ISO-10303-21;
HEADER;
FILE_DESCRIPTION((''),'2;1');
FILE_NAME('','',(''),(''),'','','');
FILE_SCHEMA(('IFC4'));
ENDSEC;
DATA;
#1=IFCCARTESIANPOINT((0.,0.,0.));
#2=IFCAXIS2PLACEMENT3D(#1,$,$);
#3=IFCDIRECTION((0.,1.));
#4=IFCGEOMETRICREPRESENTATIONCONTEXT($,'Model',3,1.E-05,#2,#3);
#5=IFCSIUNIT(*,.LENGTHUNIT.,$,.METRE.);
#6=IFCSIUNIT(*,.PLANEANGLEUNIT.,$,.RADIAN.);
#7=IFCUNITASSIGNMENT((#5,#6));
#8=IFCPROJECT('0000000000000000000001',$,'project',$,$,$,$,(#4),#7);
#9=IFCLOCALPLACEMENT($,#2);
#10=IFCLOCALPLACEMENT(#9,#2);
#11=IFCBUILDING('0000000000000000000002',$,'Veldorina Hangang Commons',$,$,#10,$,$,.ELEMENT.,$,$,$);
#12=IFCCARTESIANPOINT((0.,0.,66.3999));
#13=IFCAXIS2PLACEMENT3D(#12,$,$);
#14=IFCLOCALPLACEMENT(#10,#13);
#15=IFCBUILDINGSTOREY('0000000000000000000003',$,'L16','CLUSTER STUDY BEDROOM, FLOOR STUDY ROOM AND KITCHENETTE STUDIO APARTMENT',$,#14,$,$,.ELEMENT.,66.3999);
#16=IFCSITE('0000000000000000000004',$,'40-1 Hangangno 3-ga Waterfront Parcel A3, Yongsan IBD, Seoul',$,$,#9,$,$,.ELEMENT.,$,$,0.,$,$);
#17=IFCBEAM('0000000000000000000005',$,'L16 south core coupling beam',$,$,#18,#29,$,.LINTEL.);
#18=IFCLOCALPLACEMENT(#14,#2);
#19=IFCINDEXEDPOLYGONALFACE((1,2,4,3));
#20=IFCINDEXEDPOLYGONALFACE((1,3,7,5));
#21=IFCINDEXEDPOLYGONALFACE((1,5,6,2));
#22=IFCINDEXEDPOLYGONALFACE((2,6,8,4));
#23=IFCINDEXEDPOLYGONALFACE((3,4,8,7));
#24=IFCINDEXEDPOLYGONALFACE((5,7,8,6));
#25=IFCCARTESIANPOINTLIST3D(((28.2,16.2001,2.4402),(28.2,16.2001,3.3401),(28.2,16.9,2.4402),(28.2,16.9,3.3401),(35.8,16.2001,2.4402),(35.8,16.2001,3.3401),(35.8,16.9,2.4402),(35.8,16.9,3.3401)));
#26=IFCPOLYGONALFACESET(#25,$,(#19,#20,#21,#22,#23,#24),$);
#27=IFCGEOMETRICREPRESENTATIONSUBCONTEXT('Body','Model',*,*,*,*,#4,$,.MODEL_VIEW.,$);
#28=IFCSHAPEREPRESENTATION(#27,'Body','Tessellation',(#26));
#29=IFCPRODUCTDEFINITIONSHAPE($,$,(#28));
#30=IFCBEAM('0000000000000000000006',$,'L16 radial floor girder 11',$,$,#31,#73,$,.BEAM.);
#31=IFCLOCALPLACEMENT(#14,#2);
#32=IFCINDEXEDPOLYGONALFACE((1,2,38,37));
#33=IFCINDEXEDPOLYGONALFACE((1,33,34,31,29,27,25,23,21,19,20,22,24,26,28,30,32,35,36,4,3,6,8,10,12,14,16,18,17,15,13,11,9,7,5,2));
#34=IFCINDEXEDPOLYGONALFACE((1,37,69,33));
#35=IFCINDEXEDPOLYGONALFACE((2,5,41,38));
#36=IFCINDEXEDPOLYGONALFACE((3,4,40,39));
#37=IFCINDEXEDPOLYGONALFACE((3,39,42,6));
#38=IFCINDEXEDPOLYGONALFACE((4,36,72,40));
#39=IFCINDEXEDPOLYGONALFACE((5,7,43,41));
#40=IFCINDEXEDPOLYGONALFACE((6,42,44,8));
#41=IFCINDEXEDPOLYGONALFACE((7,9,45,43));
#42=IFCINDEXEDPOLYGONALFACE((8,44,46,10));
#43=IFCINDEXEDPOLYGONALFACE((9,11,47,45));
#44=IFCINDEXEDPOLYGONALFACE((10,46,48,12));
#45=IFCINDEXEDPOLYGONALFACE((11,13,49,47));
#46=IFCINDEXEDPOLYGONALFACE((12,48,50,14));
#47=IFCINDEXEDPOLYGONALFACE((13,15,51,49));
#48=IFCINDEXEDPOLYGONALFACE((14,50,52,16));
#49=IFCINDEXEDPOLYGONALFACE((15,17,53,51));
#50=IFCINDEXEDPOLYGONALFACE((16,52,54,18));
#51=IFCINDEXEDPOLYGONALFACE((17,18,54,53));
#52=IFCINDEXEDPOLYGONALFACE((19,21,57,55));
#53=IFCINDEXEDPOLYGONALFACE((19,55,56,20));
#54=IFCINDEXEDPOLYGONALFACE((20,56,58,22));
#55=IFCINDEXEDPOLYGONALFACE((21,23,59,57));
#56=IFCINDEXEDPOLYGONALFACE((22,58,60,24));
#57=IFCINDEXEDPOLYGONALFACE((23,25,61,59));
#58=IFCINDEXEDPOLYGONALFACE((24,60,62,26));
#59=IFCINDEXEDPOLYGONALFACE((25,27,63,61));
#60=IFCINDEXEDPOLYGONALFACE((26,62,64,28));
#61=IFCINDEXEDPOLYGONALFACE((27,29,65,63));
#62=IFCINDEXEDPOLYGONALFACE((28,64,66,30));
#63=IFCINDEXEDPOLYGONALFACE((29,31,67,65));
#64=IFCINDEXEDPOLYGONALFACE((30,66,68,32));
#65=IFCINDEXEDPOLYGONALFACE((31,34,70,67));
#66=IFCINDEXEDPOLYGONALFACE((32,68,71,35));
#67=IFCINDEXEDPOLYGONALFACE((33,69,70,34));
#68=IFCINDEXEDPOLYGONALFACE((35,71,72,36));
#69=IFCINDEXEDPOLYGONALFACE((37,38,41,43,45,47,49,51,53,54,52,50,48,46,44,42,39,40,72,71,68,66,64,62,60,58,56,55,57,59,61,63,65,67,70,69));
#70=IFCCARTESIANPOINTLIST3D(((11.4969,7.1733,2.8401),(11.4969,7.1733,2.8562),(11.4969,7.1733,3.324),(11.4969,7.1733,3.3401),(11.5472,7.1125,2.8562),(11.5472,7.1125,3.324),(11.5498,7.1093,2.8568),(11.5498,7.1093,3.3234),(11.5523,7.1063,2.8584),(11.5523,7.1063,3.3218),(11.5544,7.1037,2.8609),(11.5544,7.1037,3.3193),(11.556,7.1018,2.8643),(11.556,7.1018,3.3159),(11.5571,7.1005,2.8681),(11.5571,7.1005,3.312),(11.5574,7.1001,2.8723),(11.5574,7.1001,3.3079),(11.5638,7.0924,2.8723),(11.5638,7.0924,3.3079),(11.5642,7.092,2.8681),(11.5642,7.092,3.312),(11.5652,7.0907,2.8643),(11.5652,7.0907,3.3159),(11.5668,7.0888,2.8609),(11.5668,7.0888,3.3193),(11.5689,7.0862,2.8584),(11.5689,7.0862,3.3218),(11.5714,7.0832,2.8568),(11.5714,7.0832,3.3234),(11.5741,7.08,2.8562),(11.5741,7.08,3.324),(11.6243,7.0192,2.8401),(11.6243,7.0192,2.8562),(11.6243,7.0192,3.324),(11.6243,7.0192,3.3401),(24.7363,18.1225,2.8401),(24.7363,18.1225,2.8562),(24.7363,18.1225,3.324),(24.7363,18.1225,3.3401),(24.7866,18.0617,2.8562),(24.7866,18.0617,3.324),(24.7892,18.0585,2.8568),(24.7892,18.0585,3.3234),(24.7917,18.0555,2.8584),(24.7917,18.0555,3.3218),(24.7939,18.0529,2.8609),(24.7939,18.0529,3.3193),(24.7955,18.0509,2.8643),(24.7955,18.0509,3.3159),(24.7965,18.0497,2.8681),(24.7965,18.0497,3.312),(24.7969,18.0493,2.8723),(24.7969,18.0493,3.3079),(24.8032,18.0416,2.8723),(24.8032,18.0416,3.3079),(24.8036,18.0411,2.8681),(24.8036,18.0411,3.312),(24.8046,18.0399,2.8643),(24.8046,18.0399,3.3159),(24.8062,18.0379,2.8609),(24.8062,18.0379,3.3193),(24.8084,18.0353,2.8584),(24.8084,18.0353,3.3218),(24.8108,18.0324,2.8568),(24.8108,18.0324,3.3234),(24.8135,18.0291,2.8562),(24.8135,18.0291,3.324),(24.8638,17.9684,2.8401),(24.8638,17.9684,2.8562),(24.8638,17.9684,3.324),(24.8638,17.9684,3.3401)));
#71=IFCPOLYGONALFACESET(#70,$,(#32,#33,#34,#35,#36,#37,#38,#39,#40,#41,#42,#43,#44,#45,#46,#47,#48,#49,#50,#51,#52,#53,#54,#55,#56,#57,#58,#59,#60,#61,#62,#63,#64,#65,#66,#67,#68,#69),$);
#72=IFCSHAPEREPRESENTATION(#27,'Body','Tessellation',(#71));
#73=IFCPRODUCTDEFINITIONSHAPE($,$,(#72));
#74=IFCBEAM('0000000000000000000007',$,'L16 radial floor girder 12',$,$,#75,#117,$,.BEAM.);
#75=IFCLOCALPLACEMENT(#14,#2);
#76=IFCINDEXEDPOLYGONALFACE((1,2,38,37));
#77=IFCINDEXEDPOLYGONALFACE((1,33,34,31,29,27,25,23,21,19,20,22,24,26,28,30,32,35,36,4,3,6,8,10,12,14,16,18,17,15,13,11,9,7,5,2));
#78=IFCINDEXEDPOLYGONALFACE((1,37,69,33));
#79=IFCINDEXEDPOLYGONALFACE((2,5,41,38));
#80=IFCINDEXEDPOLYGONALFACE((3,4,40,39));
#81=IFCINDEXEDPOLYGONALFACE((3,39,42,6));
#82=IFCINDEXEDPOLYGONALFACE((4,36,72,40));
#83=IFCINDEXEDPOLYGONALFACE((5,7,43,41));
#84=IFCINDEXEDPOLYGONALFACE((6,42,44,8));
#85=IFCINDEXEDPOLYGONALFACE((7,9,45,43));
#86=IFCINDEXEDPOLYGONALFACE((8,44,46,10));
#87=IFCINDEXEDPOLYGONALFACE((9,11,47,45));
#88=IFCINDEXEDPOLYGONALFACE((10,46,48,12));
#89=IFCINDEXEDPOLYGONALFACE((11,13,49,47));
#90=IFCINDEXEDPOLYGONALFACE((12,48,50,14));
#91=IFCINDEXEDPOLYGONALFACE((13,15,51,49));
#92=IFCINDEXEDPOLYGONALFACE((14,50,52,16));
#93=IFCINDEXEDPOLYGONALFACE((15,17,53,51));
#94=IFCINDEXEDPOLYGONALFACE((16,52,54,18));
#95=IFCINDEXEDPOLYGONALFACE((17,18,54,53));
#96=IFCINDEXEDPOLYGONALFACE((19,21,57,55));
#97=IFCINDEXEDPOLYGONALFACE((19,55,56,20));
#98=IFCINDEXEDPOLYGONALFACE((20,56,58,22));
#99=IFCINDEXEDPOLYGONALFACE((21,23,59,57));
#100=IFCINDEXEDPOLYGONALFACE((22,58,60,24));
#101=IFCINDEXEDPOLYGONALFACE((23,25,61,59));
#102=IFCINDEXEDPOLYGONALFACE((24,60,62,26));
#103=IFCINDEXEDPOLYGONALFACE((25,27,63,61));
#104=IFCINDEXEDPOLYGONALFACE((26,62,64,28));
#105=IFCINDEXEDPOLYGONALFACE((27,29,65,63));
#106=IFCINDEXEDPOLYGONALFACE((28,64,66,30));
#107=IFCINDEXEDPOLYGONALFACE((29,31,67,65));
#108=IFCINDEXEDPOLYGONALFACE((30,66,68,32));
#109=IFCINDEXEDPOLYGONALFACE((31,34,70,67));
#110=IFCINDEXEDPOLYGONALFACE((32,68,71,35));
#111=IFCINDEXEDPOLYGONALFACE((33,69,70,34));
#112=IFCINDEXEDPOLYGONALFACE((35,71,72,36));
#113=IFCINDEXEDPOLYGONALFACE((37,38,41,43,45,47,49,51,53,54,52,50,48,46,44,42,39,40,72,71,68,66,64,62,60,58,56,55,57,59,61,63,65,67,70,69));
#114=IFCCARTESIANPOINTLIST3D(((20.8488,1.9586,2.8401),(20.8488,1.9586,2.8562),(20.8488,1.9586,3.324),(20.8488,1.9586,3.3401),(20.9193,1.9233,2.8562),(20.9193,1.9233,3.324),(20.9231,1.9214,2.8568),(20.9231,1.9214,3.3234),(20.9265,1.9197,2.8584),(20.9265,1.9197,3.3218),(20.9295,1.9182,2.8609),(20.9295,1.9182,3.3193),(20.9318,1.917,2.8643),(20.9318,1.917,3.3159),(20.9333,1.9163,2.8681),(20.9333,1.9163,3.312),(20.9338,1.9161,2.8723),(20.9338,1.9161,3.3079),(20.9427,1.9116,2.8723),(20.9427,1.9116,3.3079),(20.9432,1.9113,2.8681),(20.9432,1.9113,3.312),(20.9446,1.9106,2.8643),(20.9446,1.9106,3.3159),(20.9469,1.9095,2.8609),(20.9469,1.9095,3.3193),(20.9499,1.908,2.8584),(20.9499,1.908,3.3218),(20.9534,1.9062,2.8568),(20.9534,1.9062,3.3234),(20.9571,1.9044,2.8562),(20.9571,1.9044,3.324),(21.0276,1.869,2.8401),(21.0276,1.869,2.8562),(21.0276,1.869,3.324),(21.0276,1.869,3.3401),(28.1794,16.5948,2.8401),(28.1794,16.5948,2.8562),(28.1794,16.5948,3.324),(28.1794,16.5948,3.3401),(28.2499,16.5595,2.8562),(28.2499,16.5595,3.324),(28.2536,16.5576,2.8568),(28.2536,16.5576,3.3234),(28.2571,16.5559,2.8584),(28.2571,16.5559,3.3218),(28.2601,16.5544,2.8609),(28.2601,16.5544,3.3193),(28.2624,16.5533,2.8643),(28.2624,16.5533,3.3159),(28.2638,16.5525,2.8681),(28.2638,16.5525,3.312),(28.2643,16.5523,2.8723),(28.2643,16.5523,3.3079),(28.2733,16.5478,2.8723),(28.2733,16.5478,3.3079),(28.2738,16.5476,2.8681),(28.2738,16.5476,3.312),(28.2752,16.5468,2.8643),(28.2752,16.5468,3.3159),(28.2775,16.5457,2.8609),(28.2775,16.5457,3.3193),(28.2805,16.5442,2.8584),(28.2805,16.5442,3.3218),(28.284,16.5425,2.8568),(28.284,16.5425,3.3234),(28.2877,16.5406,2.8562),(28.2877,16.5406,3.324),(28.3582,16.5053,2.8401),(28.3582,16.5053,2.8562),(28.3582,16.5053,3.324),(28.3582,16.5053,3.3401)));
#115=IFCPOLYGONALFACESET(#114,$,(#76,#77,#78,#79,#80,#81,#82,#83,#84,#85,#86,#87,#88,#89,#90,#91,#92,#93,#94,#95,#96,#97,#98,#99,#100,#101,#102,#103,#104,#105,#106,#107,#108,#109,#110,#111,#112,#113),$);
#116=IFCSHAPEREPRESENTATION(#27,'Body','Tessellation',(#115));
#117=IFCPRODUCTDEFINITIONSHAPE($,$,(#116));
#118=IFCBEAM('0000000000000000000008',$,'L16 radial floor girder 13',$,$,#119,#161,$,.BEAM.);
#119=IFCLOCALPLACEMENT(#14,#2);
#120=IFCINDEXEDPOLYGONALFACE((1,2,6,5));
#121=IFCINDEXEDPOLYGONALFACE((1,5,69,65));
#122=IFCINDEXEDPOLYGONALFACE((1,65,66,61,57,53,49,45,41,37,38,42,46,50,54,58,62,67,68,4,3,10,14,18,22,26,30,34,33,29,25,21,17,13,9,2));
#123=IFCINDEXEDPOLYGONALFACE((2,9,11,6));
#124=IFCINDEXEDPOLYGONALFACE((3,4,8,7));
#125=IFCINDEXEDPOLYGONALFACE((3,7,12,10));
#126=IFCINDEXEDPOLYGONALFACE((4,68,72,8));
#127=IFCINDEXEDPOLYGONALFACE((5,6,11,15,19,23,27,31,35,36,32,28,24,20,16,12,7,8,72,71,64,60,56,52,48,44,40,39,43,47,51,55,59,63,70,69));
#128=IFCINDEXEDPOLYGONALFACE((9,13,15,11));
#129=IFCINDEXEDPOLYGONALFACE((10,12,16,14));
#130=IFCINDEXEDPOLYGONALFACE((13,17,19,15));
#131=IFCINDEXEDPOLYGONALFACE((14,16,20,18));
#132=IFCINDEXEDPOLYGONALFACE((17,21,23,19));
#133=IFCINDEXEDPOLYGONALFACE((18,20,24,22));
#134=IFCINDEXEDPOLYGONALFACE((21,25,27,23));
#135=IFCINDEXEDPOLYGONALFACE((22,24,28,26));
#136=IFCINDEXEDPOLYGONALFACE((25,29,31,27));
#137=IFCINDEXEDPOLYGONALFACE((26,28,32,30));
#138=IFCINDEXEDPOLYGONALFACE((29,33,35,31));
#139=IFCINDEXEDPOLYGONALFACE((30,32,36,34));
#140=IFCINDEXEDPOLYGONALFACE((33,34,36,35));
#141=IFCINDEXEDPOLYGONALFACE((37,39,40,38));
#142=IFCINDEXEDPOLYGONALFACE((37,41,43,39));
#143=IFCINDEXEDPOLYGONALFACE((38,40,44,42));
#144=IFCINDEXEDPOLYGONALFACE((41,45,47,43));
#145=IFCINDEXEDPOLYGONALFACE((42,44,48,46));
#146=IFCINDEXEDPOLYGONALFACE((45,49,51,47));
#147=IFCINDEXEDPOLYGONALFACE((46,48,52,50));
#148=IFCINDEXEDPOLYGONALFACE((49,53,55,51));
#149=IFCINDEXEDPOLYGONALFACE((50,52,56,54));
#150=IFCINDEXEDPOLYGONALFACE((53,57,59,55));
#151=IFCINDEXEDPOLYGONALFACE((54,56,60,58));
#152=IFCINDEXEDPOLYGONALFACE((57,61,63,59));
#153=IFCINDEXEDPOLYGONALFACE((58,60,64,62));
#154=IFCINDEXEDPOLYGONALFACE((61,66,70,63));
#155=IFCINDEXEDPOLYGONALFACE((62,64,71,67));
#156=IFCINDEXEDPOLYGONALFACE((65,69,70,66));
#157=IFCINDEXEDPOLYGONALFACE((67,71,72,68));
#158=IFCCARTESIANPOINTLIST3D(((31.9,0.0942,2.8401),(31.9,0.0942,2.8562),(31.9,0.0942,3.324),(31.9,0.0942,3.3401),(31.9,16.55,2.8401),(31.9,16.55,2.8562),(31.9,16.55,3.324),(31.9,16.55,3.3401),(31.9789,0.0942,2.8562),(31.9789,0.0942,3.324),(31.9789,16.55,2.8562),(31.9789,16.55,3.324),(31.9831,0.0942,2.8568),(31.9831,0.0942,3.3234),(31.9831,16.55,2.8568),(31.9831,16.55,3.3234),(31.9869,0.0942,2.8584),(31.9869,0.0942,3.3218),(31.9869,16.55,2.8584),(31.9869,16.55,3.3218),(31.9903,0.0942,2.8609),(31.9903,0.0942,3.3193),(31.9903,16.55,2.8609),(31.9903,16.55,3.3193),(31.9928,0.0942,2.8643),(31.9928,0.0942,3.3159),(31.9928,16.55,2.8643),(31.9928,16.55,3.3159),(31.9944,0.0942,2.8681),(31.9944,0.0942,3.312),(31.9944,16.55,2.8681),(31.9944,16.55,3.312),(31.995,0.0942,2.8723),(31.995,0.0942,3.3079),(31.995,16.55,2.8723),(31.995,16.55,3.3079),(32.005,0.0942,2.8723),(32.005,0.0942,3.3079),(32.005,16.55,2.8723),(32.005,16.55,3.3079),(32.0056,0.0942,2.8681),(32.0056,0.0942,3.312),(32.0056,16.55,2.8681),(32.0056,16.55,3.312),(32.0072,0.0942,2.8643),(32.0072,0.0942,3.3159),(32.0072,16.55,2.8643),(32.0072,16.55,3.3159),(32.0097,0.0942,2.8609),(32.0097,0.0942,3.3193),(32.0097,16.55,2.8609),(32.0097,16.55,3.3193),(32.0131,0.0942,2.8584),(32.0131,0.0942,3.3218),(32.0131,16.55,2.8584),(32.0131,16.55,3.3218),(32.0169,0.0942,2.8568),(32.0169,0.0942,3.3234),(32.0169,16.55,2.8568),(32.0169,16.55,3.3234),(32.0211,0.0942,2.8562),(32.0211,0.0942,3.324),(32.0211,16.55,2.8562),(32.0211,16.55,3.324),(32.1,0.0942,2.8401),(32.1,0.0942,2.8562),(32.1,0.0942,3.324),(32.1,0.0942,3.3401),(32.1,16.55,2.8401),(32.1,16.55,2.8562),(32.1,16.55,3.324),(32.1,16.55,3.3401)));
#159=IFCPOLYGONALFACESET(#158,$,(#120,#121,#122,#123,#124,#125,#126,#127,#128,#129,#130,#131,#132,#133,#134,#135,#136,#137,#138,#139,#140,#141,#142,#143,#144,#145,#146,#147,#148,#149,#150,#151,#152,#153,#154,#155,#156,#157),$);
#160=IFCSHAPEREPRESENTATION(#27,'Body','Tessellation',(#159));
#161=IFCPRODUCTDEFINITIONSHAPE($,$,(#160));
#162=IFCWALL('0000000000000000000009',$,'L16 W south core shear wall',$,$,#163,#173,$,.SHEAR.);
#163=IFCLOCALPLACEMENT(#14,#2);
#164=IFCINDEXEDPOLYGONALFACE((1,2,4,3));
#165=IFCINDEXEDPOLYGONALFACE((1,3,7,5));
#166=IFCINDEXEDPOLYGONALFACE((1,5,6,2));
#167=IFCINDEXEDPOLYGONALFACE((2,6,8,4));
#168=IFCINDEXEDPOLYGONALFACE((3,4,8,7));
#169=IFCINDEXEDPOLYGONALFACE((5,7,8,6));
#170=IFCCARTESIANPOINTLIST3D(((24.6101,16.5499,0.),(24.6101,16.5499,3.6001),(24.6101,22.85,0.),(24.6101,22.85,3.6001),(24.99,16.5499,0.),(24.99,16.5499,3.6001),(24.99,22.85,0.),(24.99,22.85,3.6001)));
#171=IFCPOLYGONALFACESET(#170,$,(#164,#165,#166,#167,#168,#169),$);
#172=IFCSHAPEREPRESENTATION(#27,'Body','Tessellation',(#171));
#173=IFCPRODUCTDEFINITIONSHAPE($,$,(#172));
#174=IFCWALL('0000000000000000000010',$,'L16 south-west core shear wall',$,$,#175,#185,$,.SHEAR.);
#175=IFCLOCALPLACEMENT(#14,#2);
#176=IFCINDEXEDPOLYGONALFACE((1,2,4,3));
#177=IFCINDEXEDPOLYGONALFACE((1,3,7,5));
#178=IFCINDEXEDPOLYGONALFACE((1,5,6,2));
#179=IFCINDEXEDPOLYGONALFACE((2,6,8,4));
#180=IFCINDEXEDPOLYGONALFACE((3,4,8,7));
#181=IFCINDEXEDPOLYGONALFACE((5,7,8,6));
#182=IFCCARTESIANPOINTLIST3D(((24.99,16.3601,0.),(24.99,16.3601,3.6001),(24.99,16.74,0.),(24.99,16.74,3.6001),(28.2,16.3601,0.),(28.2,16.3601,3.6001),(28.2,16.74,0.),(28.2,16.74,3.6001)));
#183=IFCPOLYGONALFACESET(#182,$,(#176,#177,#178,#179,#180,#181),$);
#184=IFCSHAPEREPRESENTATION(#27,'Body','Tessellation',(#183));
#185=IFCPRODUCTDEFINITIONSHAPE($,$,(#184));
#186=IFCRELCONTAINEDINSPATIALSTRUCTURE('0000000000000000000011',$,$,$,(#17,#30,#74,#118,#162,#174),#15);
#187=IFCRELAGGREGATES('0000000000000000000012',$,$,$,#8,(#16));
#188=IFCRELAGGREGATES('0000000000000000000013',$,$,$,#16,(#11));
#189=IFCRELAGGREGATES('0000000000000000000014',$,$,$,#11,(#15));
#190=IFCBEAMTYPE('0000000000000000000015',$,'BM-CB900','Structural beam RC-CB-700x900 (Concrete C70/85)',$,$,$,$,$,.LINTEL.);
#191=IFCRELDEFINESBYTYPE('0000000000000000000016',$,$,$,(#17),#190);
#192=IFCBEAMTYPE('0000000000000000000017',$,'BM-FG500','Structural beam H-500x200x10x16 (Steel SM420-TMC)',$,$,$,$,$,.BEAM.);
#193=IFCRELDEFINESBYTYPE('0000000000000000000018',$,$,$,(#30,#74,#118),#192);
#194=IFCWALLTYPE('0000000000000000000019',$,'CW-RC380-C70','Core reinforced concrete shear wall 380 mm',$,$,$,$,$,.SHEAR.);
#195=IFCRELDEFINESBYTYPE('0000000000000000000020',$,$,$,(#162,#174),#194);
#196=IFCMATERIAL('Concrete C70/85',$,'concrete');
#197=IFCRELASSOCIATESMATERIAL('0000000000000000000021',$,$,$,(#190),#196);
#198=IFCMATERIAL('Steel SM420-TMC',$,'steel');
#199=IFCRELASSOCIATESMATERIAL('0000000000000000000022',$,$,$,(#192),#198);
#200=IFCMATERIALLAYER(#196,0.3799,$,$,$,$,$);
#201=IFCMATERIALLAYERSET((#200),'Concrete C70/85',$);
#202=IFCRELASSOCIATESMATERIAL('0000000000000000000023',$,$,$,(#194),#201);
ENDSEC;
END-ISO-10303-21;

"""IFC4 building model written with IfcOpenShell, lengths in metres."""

from ifc_helpers import new_model, si_unit, direction, frame, frame_2d, origin, origin_2d, place, context, subcontext, project, spatial, rectangle, i_section, extrude, material, layer, layer_set, material_profile, profile_set, type_object, element, save


model = new_model("IFC4")

# Units and contexts
model_context = context("Model", 3, precision=1e-05, world=origin(), true_north=direction((0.0, 1.0)))
body_context = subcontext(model_context, "Body", "Model", "MODEL_VIEW")
ifc_project = project(units=[si_unit("LENGTHUNIT", "METRE"), si_unit("PLANEANGLEUNIT", "RADIAN")], contexts=[model_context])

# Site, building, storey
site_placement = place(None, origin())
site = spatial("IfcSite", under=ifc_project, at=site_placement, Name="40-1 Hangangno 3-ga Waterfront Parcel A3, Yongsan IBD, Seoul", CompositionType="ELEMENT", RefElevation=0.0)
building_placement = place(site_placement, origin())
building = spatial("IfcBuilding", under=site, at=building_placement, Name="Veldorina Hangang Commons", CompositionType="ELEMENT")
storey_placement = place(building_placement, frame((0.0, 0.0, 66.3999)))
storey = spatial("IfcBuildingStorey", under=building, at=storey_placement, Name="L16", Description="CLUSTER STUDY BEDROOM, FLOOR STUDY ROOM AND KITCHENETTE STUDIO APARTMENT", CompositionType="ELEMENT", Elevation=66.3999)

# Beams
ifc_material_1 = material(Name="Concrete C70/85", Category="concrete")
ifc_material_profile_1 = material_profile(ifc_material_1, rectangle(XDim=0.7, YDim=0.8999, at=origin_2d()), Name="RC-CB-700x900")
ifc_profile_set_1 = profile_set([ifc_material_profile_1], Name="Concrete C70/85")
beam_type_1 = type_object("IfcBeamType", Name="BM-CB900", Description="Structural beam RC-CB-700x900 (Concrete C70/85)", PredefinedType="LINTEL", material=ifc_profile_set_1)
beam_1_placement = place(storey_placement, frame((28.2, 16.55, 2.8901), z_axis=(1.0, 0.0, 0.0), x_axis=(0.0, 1.0, 0.0)))
element("IfcBeam", 1, at=beam_1_placement, inside=storey, type_object=beam_type_1, Name="L16 south core coupling beam", PredefinedType="LINTEL", context=body_context, shape_type="SweptSolid", body=[
    extrude(rectangle(XDim=0.7, YDim=0.8999, at=origin_2d()), origin(), (0.0, 0.0, 1.0), 7.6001),
])
ifc_material_2 = material(Name="Steel SM420-TMC", Category="steel")
ifc_material_profile_2 = material_profile(ifc_material_2, i_section(OverallWidth=0.2, OverallDepth=0.5, WebThickness=0.01, FlangeThickness=0.0161, FilletRadius=0.0161, at=origin_2d()), Name="H-500x200x10x16")
ifc_profile_set_2 = profile_set([ifc_material_profile_2], Name="Steel SM420-TMC")
beam_type_2 = type_object("IfcBeamType", Name="BM-FG500", Description="Structural beam H-500x200x10x16 (Steel SM420-TMC)", PredefinedType="BEAM", material=ifc_profile_set_2)
beam_2_placement = place(storey_placement, frame((24.8, 18.0454, 3.0901), z_axis=(-0.770612, -0.637305, 0.0), x_axis=(0.637305, -0.770612, 0.0)))
element("IfcBeam", 2, at=beam_2_placement, inside=storey, type_object=beam_type_2, Name="L16 radial floor girder 11", PredefinedType="BEAM", context=body_context, shape_type="SweptSolid", body=[
    extrude(i_section(OverallWidth=0.2, OverallDepth=0.5, WebThickness=0.01, FlangeThickness=0.0161, FilletRadius=0.0161, at=origin_2d()), origin(), (0.0, 0.0, 1.0), 17.1804),
])
beam_3_placement = place(storey_placement, frame((28.2688, 16.55, 3.0901), z_axis=(-0.447822, -0.894123, 0.0), x_axis=(0.894123, -0.447822, 0.0)))
element("IfcBeam", 3, at=beam_3_placement, inside=storey, type_object=beam_type_2, Name="L16 radial floor girder 12", PredefinedType="BEAM", context=body_context, shape_type="SweptSolid", body=[
    extrude(i_section(OverallWidth=0.2, OverallDepth=0.5, WebThickness=0.01, FlangeThickness=0.0161, FilletRadius=0.0161, at=origin_2d()), origin(), (0.0, 0.0, 1.0), 16.3694),
])
beam_4_placement = place(storey_placement, frame((32.0, 16.55, 3.0901), z_axis=(0.0, -1.0, 0.0), x_axis=(1.0, 0.0, 0.0)))
element("IfcBeam", 4, at=beam_4_placement, inside=storey, type_object=beam_type_2, Name="L16 radial floor girder 13", PredefinedType="BEAM", context=body_context, shape_type="SweptSolid", body=[
    extrude(i_section(OverallWidth=0.2, OverallDepth=0.5, WebThickness=0.01, FlangeThickness=0.0161, FilletRadius=0.0161, at=origin_2d()), origin(), (0.0, 0.0, 1.0), 16.4558),
])

# Walls
ifc_layer_1 = layer(ifc_material_1, 0.3799)
ifc_layer_set_1 = layer_set([ifc_layer_1], Name="Concrete C70/85")
wall_type_1 = type_object("IfcWallType", Name="CW-RC380-C70", Description="Core reinforced concrete shear wall 380 mm", PredefinedType="SHEAR", material=ifc_layer_set_1)
wall_1_placement = place(storey_placement, frame((24.8, 16.55, 0.0), z_axis=(0.0, 0.0, 1.0), x_axis=(0.0, 1.0, 0.0)))
element("IfcWall", 5, at=wall_1_placement, inside=storey, type_object=wall_type_1, Name="L16 W south core shear wall", PredefinedType="SHEAR", context=body_context, shape_type="SweptSolid", body=[
    extrude(rectangle(XDim=6.3, YDim=0.3799, at=frame_2d((3.1499, 0.0))), origin(), (0.0, 0.0, 1.0), 3.6001),
])
wall_2_placement = place(storey_placement, frame((24.99, 16.55, 0.0), z_axis=(0.0, 0.0, 1.0), x_axis=(1.0, 0.0, 0.0)))
element("IfcWall", 6, at=wall_2_placement, inside=storey, type_object=wall_type_1, Name="L16 south-west core shear wall", PredefinedType="SHEAR", context=body_context, shape_type="SweptSolid", body=[
    extrude(rectangle(XDim=3.21, YDim=0.3799, at=frame_2d((1.605, 0.0))), origin(), (0.0, 0.0, 1.0), 3.6001),
])

save(model, "model.ifc")
